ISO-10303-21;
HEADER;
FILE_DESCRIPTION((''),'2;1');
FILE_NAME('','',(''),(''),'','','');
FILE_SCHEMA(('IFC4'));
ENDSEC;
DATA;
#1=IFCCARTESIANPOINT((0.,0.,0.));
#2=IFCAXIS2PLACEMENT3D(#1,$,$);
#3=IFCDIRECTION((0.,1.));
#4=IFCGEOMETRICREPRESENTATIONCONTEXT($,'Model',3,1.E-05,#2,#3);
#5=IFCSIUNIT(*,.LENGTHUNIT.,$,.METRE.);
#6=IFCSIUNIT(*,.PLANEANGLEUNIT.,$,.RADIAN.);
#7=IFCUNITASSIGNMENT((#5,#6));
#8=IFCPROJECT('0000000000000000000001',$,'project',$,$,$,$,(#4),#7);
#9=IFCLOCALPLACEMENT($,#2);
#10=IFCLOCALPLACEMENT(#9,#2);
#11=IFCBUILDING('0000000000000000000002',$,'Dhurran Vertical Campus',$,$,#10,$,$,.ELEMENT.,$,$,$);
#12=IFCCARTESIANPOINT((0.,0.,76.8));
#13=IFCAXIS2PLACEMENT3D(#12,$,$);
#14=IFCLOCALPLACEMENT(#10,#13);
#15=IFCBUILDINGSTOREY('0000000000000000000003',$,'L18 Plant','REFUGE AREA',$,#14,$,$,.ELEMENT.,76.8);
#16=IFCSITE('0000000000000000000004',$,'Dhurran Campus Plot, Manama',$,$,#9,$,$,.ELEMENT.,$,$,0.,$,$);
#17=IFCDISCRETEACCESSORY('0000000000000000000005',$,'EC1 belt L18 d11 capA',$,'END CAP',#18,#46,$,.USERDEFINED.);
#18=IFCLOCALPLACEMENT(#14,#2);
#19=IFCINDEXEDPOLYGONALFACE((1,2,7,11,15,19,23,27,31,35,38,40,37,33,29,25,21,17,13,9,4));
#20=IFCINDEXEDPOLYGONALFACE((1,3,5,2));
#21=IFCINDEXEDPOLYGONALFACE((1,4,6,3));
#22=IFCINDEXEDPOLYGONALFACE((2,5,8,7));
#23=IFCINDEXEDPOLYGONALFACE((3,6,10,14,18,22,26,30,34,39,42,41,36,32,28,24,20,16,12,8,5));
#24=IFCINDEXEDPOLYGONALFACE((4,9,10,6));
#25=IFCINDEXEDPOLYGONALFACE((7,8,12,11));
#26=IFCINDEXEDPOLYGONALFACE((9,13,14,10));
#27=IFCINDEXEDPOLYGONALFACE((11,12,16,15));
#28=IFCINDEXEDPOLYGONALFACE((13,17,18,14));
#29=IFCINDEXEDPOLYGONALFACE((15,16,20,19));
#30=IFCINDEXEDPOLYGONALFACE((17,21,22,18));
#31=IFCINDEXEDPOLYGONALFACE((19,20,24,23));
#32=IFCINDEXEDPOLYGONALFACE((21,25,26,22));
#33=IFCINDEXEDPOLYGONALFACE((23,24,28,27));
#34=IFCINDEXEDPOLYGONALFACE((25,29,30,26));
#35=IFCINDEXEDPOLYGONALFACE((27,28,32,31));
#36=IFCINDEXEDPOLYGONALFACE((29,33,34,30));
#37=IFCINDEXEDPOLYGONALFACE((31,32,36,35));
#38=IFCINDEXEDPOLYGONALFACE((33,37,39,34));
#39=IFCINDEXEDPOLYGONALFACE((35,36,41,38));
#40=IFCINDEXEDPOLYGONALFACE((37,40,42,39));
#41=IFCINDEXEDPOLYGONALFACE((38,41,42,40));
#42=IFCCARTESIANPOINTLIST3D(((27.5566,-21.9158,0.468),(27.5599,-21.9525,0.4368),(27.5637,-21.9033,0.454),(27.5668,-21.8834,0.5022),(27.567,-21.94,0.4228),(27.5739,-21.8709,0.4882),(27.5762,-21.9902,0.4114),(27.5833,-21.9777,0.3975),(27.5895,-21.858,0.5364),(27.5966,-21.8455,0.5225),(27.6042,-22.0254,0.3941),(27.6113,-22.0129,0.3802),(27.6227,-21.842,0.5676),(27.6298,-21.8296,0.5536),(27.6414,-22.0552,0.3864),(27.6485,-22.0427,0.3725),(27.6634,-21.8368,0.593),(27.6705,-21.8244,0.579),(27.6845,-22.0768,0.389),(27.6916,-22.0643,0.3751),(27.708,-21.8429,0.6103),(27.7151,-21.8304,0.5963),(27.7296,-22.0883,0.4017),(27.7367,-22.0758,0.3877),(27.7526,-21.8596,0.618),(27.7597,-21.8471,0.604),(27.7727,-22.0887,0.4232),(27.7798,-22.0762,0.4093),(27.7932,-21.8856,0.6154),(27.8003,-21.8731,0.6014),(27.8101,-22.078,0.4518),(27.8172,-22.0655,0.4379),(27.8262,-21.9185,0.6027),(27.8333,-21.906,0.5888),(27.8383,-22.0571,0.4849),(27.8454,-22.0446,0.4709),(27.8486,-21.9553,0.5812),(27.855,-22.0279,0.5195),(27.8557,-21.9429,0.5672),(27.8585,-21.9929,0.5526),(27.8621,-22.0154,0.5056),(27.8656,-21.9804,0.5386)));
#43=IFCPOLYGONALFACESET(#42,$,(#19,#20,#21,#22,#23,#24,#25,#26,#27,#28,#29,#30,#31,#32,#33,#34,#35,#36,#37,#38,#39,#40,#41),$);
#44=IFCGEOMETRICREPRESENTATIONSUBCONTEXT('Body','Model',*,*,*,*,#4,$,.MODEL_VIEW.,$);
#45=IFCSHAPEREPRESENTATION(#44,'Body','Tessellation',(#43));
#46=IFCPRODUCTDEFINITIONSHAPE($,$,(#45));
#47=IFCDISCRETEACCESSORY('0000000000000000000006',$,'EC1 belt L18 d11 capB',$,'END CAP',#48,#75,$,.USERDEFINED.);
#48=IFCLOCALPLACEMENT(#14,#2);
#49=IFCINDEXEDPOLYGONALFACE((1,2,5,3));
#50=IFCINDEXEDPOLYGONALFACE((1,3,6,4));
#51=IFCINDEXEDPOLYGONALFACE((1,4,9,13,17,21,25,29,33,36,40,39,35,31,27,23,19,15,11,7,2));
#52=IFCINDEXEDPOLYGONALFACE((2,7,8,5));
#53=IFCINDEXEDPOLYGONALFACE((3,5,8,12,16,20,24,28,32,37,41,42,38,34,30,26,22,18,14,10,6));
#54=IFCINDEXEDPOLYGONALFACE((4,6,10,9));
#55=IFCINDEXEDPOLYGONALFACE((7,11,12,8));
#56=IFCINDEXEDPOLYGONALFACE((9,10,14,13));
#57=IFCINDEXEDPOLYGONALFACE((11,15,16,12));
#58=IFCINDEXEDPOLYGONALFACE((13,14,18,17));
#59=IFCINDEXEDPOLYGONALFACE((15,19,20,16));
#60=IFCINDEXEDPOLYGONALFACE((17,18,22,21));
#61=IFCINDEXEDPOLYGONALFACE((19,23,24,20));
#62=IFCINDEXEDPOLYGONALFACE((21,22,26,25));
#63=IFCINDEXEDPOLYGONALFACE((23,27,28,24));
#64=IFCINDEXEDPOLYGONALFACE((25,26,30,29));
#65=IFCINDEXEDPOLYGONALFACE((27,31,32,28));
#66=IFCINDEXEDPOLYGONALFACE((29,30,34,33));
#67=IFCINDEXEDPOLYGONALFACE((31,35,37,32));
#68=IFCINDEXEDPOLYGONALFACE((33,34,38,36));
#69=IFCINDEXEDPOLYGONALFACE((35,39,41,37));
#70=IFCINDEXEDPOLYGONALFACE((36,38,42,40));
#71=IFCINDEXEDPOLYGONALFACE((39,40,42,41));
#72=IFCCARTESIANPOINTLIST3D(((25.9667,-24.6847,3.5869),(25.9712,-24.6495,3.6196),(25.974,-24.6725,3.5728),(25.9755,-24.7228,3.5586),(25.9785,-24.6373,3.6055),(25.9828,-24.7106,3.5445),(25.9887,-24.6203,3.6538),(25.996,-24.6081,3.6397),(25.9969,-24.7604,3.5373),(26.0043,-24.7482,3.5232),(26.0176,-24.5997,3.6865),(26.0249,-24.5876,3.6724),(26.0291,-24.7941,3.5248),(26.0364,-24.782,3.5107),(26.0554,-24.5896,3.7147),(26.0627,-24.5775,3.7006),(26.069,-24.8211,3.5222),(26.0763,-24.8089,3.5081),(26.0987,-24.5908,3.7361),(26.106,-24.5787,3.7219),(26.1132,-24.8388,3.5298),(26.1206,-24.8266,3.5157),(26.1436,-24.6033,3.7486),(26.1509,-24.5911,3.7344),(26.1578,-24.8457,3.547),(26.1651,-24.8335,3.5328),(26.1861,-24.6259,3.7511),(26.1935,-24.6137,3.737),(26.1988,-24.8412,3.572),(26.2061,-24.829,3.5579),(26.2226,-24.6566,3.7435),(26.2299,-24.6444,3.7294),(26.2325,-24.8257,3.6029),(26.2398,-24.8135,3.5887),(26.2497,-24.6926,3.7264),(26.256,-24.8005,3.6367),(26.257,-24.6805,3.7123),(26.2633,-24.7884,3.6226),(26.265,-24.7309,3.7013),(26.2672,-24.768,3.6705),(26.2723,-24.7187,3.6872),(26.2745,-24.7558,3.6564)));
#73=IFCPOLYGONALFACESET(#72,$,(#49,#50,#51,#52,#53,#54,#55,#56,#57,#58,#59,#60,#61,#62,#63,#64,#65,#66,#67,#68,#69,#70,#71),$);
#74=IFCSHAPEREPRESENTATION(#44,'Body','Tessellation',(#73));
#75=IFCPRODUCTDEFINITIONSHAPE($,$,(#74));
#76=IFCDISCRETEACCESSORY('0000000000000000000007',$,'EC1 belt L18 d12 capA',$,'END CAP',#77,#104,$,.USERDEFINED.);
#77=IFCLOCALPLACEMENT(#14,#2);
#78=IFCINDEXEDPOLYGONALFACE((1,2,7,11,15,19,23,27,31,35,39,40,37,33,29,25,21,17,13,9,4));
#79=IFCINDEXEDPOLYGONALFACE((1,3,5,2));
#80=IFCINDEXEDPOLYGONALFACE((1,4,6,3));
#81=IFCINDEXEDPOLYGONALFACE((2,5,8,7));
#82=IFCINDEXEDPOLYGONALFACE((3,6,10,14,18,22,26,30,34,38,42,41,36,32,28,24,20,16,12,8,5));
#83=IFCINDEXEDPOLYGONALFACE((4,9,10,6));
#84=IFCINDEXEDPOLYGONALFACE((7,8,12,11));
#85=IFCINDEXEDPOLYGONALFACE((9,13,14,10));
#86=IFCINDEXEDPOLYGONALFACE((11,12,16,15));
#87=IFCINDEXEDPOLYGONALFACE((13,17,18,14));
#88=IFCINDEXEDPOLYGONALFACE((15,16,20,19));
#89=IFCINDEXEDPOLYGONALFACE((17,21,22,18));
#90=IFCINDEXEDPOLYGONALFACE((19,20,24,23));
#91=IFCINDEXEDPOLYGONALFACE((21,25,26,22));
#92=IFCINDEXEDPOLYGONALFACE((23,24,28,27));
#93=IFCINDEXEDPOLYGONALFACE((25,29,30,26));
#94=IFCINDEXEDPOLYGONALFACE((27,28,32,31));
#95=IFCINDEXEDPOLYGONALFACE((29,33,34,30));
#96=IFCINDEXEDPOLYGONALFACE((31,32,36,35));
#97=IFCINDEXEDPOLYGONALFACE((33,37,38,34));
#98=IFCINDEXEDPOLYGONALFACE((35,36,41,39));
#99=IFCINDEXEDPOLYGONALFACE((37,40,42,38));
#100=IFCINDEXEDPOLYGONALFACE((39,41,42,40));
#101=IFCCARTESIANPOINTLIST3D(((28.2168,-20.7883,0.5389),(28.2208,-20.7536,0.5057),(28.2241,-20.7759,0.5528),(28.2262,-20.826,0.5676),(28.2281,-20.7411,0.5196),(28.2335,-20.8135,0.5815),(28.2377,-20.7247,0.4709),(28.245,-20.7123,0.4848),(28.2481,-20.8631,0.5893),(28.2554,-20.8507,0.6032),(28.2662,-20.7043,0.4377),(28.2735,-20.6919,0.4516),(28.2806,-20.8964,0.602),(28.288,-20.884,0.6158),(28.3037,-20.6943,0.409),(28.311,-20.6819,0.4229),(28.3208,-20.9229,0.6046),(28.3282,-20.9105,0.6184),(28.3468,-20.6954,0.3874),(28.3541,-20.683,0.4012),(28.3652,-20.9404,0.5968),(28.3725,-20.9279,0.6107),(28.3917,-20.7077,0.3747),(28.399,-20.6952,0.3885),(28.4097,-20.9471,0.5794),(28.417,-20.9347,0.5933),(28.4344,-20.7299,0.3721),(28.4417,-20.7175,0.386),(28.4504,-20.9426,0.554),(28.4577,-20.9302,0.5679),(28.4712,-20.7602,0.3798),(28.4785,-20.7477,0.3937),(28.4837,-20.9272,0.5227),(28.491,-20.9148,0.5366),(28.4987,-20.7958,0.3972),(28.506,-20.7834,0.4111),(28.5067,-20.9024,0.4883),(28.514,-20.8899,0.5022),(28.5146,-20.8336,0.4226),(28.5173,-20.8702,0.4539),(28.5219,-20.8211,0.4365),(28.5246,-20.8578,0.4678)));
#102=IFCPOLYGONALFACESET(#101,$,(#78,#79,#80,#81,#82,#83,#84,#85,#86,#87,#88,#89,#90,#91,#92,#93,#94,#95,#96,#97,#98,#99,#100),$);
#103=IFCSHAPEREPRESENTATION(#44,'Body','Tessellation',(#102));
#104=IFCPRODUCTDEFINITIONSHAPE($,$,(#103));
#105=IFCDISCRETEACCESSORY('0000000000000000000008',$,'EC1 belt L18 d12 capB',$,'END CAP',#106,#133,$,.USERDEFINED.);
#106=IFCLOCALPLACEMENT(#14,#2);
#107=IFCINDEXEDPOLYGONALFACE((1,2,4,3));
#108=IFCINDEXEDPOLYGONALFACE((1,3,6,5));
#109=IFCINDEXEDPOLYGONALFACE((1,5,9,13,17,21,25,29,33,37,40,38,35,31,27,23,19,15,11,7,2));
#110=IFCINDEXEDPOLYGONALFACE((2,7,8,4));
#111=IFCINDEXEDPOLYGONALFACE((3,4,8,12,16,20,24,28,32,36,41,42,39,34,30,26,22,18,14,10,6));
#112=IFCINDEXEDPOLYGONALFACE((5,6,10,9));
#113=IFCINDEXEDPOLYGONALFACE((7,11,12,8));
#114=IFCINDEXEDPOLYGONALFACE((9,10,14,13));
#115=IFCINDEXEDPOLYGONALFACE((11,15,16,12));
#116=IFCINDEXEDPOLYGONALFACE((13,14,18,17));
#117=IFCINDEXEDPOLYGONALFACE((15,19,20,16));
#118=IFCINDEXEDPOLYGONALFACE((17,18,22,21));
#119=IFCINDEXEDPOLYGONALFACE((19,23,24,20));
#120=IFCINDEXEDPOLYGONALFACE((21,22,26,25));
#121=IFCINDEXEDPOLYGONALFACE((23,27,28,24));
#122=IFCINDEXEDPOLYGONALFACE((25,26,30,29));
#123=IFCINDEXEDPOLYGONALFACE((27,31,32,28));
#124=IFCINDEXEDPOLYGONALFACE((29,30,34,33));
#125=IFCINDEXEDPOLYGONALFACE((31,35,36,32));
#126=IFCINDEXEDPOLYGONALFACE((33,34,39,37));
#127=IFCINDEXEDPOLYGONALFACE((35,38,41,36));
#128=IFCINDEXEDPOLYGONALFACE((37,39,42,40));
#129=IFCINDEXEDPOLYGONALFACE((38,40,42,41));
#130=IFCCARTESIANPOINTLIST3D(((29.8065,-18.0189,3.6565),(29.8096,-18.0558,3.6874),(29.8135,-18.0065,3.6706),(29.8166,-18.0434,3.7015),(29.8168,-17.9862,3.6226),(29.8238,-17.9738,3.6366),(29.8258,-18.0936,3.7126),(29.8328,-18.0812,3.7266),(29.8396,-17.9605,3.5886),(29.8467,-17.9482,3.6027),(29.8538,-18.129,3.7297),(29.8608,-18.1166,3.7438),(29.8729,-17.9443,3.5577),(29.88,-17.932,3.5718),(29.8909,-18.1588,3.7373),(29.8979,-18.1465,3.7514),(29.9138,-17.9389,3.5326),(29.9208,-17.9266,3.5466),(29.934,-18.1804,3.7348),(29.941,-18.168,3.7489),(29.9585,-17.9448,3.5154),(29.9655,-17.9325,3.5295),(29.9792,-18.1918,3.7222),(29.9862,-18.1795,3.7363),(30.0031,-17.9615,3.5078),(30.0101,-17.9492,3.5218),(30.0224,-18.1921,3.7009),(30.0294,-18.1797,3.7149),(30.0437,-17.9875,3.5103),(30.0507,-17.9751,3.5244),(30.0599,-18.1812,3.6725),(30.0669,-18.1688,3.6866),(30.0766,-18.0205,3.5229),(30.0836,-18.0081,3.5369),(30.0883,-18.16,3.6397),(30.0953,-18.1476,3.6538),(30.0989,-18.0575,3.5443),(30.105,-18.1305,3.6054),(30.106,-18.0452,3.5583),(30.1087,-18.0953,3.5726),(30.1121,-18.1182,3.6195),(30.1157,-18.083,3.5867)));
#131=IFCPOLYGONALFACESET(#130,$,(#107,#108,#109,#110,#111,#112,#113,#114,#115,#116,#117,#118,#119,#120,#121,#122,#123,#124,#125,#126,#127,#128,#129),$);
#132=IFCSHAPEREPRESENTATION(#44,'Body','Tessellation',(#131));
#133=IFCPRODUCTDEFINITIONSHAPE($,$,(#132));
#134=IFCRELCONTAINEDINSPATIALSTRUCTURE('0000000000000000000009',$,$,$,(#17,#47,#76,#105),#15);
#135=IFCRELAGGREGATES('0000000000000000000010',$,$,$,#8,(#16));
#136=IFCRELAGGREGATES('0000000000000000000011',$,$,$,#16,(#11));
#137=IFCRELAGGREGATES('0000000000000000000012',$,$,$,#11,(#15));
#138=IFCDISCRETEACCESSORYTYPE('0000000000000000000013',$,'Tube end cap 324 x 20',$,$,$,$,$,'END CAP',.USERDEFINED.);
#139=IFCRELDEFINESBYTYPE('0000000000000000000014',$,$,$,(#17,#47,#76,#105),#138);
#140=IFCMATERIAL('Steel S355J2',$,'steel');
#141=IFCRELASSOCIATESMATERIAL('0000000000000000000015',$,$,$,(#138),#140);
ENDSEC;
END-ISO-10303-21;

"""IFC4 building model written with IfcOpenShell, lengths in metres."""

from ifc_helpers import new_model, si_unit, direction, frame, origin, origin_2d, place, context, subcontext, project, spatial, circle, extrude, material, material_profile, profile_set, type_object, element, save


model = new_model("IFC4")

# Units and contexts
model_context = context("Model", 3, precision=1e-05, world=origin(), true_north=direction((0.0, 1.0)))
body_context = subcontext(model_context, "Body", "Model", "MODEL_VIEW")
ifc_project = project(units=[si_unit("LENGTHUNIT", "METRE"), si_unit("PLANEANGLEUNIT", "RADIAN")], contexts=[model_context])

# Site, building, storey
site_placement = place(None, origin())
site = spatial("IfcSite", under=ifc_project, at=site_placement, Name="Dhurran Campus Plot, Manama", CompositionType="ELEMENT", RefElevation=0.0)
building_placement = place(site_placement, origin())
building = spatial("IfcBuilding", under=site, at=building_placement, Name="Dhurran Vertical Campus", CompositionType="ELEMENT")
storey_placement = place(building_placement, frame((0.0, 0.0, 76.8)))
storey = spatial("IfcBuildingStorey", under=building, at=storey_placement, Name="L18 Plant", Description="REFUGE AREA", CompositionType="ELEMENT", Elevation=76.8)

# Discrete accessories
ifc_material_1 = material(Name="Steel S355J2", Category="steel")
ifc_material_profile_1 = material_profile(ifc_material_1, circle(Radius=0.1619, at=origin_2d()), Name="Tube end cap 324 x 20")
ifc_profile_set_1 = profile_set([ifc_material_profile_1], Name="Steel S355J2")
discrete_accessory_type = type_object("IfcDiscreteAccessoryType", Name="Tube end cap 324 x 20", ElementType="END CAP", PredefinedType="USERDEFINED", material=ifc_profile_set_1)
for number, where, z_axis, x_axis, name in (
    (1, (27.7075, -21.9634, 0.5022), (0.35453, 0.623483, -0.696834), (-0.86929, 0.494302, 0.0), "EC1 belt L18 d11 capA"),
    (2, (26.1245, -24.7051, 3.6226), (-0.36477, -0.60795, 0.705223), (0.857493, -0.514496, 0.0), "EC1 belt L18 d11 capB"),
    (3, (28.3745, -20.8079, 0.5022), (-0.365148, -0.620752, -0.693782), (0.861934, -0.50702, 0.0), "EC1 belt L18 d12 capA"),
    (4, (29.9575, -18.0662, 3.6226), (0.351522, 0.618193, 0.703043), (-0.86929, 0.494302, 0.0), "EC1 belt L18 d12 capB"),
):
    element("IfcDiscreteAccessory", number, at=place(storey_placement, frame(where, z_axis=z_axis, x_axis=x_axis)), inside=storey, type_object=discrete_accessory_type, Name=name, ObjectType="END CAP", PredefinedType="USERDEFINED", context=body_context, shape_type="SweptSolid", body=[
        extrude(circle(Radius=0.1619, at=origin_2d()), origin(), (0.0, 0.0, 1.0), 0.02),
    ])

save(model, "model.ifc")
